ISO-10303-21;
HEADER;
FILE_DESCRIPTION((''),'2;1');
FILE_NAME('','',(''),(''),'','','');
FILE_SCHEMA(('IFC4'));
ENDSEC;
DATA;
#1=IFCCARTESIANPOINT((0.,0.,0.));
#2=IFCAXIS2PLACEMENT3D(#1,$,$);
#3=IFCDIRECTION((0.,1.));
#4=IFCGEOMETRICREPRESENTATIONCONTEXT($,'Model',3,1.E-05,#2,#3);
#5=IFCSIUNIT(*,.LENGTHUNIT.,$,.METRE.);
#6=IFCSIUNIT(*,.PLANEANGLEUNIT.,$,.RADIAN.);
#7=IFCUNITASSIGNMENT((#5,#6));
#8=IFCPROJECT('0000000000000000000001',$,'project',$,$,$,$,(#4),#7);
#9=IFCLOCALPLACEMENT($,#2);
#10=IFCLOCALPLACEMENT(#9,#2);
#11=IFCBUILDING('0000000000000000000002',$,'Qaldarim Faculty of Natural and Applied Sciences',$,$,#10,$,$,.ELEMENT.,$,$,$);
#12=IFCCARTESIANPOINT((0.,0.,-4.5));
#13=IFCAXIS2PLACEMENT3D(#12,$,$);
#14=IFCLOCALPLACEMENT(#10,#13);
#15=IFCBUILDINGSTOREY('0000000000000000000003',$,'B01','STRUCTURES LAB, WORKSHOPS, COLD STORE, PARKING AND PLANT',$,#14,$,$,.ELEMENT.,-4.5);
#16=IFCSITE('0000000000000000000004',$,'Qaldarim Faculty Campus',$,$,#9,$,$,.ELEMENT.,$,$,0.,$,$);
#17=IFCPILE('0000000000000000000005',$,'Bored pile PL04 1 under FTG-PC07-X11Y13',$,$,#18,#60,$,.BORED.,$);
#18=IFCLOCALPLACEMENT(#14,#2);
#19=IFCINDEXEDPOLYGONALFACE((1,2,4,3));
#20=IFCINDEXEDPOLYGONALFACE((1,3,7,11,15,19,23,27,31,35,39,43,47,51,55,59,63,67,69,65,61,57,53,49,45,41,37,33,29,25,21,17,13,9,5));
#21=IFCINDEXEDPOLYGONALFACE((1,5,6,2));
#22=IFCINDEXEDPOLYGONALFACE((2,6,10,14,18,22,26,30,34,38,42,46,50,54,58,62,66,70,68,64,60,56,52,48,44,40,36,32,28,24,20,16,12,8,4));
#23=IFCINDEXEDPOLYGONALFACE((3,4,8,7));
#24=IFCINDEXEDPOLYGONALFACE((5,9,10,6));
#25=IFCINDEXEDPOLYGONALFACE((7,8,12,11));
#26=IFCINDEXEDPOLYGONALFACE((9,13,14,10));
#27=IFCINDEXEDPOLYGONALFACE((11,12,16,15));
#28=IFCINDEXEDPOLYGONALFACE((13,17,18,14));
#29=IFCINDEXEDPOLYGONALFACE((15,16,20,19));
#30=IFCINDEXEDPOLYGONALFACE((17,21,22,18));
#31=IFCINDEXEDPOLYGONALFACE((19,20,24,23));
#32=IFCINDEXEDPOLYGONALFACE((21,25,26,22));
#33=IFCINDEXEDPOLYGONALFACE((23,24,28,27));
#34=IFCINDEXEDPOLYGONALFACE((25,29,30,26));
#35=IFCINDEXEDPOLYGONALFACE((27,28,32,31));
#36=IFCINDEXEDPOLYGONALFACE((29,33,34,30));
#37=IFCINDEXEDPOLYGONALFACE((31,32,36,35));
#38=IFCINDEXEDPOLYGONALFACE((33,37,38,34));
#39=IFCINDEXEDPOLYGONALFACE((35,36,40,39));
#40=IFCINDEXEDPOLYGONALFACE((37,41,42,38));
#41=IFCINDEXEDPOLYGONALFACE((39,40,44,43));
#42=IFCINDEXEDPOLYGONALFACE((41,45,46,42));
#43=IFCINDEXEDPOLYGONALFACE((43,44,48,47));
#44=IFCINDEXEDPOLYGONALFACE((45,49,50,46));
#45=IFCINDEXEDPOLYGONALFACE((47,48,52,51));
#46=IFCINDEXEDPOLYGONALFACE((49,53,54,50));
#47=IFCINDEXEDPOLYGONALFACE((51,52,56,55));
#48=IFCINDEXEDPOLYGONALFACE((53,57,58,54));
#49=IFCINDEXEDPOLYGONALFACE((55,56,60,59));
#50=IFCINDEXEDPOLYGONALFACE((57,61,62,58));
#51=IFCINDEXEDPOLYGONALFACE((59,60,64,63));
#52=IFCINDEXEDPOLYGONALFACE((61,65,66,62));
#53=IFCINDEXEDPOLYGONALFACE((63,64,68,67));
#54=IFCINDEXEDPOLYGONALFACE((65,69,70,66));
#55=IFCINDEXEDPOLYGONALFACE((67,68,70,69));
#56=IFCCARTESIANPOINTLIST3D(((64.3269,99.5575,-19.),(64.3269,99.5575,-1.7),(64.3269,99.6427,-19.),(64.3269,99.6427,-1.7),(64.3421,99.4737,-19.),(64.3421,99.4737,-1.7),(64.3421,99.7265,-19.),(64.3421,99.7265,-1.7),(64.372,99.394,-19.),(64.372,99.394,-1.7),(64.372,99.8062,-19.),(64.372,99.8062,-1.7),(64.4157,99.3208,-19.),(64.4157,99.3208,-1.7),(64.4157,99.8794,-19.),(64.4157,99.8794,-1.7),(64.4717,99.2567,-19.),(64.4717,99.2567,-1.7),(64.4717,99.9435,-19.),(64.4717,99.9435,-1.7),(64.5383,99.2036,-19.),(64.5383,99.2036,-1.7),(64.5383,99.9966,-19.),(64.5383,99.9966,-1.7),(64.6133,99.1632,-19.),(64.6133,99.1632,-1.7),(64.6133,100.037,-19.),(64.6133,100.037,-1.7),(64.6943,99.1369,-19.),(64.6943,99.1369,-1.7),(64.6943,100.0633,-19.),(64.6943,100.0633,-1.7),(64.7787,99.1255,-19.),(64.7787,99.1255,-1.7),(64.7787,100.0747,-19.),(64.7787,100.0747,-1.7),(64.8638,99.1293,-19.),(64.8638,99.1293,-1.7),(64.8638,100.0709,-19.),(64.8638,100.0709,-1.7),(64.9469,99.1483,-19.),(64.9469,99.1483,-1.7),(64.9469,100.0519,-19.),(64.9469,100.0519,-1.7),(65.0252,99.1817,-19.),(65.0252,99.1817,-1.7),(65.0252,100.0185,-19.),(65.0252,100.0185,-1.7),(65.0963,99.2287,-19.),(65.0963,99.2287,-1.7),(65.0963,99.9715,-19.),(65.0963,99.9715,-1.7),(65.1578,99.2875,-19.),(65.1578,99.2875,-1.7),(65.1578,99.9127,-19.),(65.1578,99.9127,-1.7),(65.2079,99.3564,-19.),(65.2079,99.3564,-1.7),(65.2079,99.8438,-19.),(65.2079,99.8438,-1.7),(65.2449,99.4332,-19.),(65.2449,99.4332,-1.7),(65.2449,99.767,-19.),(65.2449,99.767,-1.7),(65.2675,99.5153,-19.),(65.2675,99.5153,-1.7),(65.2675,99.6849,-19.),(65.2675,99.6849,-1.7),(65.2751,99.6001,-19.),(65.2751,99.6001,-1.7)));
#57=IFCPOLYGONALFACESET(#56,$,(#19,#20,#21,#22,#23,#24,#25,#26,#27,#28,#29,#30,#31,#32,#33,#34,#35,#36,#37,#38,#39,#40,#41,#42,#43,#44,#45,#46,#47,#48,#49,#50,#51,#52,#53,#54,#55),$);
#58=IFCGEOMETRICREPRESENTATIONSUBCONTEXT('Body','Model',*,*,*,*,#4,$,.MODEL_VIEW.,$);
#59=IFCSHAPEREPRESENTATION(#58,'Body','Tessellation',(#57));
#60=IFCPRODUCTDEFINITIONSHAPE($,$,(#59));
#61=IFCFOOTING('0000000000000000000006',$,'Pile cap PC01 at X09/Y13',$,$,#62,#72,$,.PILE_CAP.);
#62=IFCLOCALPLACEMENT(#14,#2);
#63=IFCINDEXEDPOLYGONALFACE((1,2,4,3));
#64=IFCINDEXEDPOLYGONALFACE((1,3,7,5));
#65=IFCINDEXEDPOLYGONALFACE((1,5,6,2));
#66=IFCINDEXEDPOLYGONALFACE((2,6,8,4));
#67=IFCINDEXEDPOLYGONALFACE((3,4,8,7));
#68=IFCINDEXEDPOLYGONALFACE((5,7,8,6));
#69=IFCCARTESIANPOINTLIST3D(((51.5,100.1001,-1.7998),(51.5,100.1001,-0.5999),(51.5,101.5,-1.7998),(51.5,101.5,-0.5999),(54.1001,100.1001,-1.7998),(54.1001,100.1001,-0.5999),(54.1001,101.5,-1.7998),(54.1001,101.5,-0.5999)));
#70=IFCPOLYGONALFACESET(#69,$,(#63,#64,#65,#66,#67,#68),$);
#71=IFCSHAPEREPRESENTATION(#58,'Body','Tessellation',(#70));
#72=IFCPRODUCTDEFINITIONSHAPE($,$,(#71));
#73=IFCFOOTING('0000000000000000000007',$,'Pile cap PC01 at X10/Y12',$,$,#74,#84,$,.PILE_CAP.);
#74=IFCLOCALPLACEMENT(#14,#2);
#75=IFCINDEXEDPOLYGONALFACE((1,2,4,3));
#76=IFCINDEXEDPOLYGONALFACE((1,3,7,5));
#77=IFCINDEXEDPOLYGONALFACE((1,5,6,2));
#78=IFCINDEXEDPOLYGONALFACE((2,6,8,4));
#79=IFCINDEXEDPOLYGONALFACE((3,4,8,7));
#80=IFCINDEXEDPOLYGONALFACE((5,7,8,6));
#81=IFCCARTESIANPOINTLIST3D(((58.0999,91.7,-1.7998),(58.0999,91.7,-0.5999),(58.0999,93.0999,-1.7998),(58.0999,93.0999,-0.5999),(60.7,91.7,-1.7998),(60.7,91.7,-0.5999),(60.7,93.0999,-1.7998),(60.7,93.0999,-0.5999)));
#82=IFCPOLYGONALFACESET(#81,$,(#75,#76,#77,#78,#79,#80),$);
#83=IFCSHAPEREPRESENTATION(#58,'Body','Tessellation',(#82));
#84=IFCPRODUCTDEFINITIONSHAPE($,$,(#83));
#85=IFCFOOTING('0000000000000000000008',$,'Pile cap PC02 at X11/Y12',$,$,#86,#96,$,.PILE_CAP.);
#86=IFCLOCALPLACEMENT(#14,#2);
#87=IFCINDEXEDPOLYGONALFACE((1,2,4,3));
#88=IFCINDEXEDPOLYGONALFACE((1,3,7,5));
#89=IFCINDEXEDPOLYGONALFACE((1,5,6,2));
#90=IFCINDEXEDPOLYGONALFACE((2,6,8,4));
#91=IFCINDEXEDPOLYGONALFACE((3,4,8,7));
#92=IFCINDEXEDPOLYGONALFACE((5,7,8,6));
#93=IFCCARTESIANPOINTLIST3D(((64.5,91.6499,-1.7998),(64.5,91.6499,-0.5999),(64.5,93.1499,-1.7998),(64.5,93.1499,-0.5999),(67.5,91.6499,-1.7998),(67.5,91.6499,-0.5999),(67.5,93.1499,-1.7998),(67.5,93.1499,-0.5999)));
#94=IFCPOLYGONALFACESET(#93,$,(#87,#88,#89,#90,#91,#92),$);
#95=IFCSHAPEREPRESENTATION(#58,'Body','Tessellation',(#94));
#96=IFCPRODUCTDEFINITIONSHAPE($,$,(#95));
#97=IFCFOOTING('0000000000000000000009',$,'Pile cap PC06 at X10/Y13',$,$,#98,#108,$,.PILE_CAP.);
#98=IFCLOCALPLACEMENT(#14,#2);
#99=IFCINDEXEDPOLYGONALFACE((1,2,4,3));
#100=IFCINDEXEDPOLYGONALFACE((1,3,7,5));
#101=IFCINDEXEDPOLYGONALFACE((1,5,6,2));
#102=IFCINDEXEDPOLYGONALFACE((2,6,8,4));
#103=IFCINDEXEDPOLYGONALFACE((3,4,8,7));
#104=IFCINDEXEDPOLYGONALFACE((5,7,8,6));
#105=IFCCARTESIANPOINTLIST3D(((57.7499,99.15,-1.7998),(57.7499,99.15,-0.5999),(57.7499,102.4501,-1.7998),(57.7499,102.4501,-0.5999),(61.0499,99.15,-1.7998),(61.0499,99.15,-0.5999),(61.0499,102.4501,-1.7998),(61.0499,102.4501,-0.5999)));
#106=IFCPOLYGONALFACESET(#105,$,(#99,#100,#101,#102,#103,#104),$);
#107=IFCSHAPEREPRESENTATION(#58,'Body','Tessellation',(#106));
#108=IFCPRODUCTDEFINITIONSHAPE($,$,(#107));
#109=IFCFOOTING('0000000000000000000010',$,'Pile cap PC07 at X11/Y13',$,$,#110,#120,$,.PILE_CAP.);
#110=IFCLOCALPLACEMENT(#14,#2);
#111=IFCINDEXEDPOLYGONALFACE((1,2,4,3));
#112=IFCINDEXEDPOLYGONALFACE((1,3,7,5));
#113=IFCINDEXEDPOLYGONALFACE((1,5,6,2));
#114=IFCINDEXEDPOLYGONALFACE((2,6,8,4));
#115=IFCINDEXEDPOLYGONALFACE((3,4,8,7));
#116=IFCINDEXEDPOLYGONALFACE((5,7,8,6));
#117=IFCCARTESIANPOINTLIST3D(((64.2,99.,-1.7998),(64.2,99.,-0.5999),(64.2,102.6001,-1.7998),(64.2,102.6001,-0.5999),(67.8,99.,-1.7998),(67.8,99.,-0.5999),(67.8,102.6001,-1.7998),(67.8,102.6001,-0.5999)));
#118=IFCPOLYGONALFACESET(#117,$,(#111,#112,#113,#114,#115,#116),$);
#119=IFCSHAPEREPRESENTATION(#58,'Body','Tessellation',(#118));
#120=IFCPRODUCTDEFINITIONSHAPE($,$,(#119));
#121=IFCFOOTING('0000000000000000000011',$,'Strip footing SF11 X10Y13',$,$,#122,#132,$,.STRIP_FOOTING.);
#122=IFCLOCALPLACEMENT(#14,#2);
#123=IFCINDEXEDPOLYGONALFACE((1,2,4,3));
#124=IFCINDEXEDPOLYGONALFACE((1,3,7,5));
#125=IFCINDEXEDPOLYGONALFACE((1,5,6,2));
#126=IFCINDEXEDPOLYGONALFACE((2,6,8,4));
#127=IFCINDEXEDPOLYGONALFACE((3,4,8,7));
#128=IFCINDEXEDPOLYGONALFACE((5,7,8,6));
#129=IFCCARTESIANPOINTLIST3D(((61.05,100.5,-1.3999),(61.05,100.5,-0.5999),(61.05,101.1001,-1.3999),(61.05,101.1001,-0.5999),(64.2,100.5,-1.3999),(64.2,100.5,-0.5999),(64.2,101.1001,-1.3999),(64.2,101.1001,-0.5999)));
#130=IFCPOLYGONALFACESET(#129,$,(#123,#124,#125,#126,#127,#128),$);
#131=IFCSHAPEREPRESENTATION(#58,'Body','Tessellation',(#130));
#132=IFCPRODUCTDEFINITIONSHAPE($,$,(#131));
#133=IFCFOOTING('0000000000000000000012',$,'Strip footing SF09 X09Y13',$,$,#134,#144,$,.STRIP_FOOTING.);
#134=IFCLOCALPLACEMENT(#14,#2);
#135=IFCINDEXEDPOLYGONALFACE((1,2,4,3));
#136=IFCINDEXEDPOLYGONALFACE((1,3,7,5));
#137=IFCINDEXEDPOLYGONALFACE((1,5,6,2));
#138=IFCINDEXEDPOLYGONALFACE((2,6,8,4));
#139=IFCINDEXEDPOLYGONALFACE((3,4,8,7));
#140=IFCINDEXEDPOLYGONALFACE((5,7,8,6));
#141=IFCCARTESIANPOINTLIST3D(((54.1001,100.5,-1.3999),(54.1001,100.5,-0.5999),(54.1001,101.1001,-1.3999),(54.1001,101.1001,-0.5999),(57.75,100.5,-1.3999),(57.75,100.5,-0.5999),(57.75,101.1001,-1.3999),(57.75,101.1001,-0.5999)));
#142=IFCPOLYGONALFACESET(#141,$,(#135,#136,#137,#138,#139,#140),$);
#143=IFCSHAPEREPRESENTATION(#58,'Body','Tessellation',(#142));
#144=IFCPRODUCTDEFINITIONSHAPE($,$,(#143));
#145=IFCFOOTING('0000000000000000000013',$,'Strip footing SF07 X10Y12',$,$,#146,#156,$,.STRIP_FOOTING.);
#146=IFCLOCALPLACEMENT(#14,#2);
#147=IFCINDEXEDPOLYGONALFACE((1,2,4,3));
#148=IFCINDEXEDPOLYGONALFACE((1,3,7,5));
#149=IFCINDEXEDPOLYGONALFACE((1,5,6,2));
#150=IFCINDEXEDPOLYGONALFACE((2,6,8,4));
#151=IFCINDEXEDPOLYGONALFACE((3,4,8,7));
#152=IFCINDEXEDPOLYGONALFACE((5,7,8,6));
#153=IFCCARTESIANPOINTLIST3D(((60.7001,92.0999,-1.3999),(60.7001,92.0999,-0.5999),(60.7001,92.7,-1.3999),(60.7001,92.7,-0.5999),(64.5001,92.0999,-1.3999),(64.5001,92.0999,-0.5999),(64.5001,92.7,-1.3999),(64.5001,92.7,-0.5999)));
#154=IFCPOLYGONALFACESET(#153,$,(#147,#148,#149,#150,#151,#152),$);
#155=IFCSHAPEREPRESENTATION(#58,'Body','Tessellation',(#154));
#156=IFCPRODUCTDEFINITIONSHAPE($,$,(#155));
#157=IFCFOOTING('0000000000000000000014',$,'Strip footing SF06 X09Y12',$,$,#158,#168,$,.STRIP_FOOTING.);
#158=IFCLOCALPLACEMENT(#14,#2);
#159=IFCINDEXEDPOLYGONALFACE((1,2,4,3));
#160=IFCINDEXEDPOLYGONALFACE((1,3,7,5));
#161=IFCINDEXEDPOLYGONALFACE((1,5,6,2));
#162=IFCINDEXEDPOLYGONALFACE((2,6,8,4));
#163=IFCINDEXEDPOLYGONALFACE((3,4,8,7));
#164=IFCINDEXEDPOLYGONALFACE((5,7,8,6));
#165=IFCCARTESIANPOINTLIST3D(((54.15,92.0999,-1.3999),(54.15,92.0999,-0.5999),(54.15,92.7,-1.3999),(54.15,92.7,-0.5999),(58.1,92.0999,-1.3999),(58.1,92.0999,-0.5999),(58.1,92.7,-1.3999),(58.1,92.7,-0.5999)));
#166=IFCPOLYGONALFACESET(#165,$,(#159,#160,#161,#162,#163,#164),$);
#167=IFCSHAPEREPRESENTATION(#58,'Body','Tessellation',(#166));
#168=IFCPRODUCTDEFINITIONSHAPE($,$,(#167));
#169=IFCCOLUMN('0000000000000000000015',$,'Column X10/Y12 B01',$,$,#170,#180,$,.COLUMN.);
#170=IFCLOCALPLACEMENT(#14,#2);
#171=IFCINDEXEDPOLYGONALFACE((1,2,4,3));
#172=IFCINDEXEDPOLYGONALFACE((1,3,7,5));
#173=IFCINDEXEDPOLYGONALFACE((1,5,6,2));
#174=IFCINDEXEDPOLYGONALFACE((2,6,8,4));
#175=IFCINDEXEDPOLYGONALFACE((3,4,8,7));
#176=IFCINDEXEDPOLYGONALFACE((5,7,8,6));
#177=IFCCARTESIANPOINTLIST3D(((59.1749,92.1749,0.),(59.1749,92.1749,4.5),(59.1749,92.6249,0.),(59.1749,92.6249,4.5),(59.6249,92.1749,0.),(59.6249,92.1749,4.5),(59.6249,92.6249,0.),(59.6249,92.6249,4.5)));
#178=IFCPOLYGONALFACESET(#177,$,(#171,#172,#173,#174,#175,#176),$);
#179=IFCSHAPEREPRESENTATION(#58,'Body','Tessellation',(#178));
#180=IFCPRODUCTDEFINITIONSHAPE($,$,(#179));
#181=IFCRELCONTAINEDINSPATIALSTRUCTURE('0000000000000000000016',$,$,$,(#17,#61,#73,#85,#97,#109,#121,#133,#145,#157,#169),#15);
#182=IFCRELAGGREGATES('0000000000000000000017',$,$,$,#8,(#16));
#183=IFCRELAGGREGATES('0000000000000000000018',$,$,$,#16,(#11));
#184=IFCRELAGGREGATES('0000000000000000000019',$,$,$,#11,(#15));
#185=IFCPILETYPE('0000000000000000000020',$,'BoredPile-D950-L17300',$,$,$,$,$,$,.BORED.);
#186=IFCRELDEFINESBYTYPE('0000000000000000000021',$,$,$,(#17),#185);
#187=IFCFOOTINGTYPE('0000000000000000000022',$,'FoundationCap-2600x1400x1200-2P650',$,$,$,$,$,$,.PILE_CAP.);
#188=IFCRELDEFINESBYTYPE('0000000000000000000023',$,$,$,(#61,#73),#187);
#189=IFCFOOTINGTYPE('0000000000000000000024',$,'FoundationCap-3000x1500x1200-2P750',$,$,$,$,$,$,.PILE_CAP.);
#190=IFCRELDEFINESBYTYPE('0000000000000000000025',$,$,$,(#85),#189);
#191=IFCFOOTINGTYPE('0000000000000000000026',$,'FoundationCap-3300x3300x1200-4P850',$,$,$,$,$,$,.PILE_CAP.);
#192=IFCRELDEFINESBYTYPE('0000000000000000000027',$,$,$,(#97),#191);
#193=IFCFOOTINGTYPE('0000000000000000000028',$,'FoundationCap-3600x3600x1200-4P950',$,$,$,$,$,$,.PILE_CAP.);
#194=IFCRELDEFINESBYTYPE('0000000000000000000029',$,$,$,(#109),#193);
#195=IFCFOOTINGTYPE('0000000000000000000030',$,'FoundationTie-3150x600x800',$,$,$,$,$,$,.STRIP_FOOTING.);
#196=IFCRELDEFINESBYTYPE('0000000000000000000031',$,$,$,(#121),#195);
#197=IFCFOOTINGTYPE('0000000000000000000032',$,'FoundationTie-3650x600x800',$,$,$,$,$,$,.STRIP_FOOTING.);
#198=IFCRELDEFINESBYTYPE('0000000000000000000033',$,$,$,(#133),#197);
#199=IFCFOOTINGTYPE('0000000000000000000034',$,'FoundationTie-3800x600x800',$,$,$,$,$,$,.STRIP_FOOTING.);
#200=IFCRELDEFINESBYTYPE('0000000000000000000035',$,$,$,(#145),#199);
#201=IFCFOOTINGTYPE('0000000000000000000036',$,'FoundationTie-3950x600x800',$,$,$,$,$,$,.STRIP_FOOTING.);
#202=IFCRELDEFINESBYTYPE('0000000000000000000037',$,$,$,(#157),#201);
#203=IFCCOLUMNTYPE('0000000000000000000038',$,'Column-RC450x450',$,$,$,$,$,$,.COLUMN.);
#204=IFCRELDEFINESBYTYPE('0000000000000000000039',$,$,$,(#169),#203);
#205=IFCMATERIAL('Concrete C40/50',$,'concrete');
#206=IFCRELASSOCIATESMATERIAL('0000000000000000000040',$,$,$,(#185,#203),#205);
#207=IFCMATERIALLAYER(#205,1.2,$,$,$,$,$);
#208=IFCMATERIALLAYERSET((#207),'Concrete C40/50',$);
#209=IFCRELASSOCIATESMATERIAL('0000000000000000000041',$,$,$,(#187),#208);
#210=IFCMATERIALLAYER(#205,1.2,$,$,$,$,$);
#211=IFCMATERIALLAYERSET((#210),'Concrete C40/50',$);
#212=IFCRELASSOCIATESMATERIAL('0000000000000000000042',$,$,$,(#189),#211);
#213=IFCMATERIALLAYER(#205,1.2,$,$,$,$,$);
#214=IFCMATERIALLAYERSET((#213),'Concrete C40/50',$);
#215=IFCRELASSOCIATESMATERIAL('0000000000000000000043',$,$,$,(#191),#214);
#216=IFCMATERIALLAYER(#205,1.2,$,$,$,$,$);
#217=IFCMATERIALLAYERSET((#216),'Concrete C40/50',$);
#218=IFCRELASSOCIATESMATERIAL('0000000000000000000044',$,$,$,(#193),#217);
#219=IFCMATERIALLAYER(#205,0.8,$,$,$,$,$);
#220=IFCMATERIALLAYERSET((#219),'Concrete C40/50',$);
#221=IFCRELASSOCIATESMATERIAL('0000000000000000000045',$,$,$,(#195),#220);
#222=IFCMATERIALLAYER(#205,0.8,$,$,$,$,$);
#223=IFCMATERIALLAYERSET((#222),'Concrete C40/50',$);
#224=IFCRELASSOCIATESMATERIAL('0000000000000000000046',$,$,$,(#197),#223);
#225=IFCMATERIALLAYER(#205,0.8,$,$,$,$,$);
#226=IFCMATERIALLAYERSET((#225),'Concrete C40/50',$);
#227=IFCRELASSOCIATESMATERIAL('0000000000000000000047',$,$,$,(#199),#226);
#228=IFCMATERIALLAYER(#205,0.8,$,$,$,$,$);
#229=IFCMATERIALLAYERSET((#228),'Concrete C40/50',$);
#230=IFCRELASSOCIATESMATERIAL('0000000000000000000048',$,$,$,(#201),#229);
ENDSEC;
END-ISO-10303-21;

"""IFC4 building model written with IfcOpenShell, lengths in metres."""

from ifc_helpers import new_model, si_unit, direction, frame, origin, origin_2d, place, context, subcontext, project, spatial, rectangle, circle, extrude, material, layer, layer_set, material_profile, profile_set, type_object, element, save


model = new_model("IFC4")

# Units and contexts
model_context = context("Model", 3, precision=1e-05, world=origin(), true_north=direction((0.0, 1.0)))
body_context = subcontext(model_context, "Body", "Model", "MODEL_VIEW")
ifc_project = project(units=[si_unit("LENGTHUNIT", "METRE"), si_unit("PLANEANGLEUNIT", "RADIAN")], contexts=[model_context])

# Site, building, storey
site_placement = place(None, origin())
site = spatial("IfcSite", under=ifc_project, at=site_placement, Name="Qaldarim Faculty Campus", CompositionType="ELEMENT", RefElevation=0.0)
building_placement = place(site_placement, origin())
building = spatial("IfcBuilding", under=site, at=building_placement, Name="Qaldarim Faculty of Natural and Applied Sciences", CompositionType="ELEMENT")
storey_placement = place(building_placement, frame((0.0, 0.0, -4.5)))
storey = spatial("IfcBuildingStorey", under=building, at=storey_placement, Name="B01", Description="STRUCTURES LAB, WORKSHOPS, COLD STORE, PARKING AND PLANT", CompositionType="ELEMENT", Elevation=-4.5)

# Pile
ifc_material_1 = material(Name="Concrete C40/50", Category="concrete")
ifc_material_profile_1 = material_profile(ifc_material_1, circle(Radius=0.4751, at=origin_2d()), Name="PILE-D950")
ifc_profile_set_1 = profile_set([ifc_material_profile_1], Name="Concrete C40/50")
pile_type_1 = type_object("IfcPileType", Name="BoredPile-D950-L17300", PredefinedType="BORED", material=ifc_profile_set_1)
pile_placement = place(storey_placement, frame((64.8, 99.6001, -1.7), z_axis=(0.0, 0.0, -1.0), x_axis=(1.0, 0.0, 0.0)))
element("IfcPile", 1, at=pile_placement, inside=storey, type_object=pile_type_1, Name="Bored pile PL04 1 under FTG-PC07-X11Y13", PredefinedType="BORED", context=body_context, shape_type="SweptSolid", body=[
    extrude(circle(Radius=0.4751, at=origin_2d()), origin(), (0.0, 0.0, 1.0), 17.3),
])

# Footings
ifc_layer_1 = layer(ifc_material_1, 1.2)
ifc_layer_set_1 = layer_set([ifc_layer_1], Name="Concrete C40/50")
footing_type_1 = type_object("IfcFootingType", Name="FoundationCap-2600x1400x1200-2P650", PredefinedType="PILE_CAP", material=ifc_layer_set_1)
for number, where, z_axis, x_axis, name in (
    (2, (52.8, 100.8, -1.7998), (0.0, 0.0, 1.0), (1.0, 0.0, 0.0), "Pile cap PC01 at X09/Y13"),
    (3, (59.3999, 92.3999, -1.7998), (0.0, 0.0, 1.0), (1.0, 0.0, 0.0), "Pile cap PC01 at X10/Y12"),
):
    element("IfcFooting", number, at=place(storey_placement, frame(where, z_axis=z_axis, x_axis=x_axis)), inside=storey, type_object=footing_type_1, Name=name, PredefinedType="PILE_CAP", context=body_context, shape_type="SweptSolid", body=[
        extrude(rectangle(XDim=2.6001, YDim=1.3999, at=origin_2d()), origin(), (0.0, 0.0, 1.0), 1.2),
    ])
ifc_layer_2 = layer(ifc_material_1, 1.2)
ifc_layer_set_2 = layer_set([ifc_layer_2], Name="Concrete C40/50")
footing_type_2 = type_object("IfcFootingType", Name="FoundationCap-3000x1500x1200-2P750", PredefinedType="PILE_CAP", material=ifc_layer_set_2)
footing_1_placement = place(storey_placement, frame((66.0, 92.3999, -1.7998), z_axis=(0.0, 0.0, 1.0), x_axis=(1.0, 0.0, 0.0)))
element("IfcFooting", 4, at=footing_1_placement, inside=storey, type_object=footing_type_2, Name="Pile cap PC02 at X11/Y12", PredefinedType="PILE_CAP", context=body_context, shape_type="SweptSolid", body=[
    extrude(rectangle(XDim=3.0, YDim=1.5, at=origin_2d()), origin(), (0.0, 0.0, 1.0), 1.2),
])
ifc_layer_3 = layer(ifc_material_1, 1.2)
ifc_layer_set_3 = layer_set([ifc_layer_3], Name="Concrete C40/50")
footing_type_3 = type_object("IfcFootingType", Name="FoundationCap-3300x3300x1200-4P850", PredefinedType="PILE_CAP", material=ifc_layer_set_3)
footing_2_placement = place(storey_placement, frame((59.3999, 100.8, -1.7998), z_axis=(0.0, 0.0, 1.0), x_axis=(1.0, 0.0, 0.0)))
element("IfcFooting", 5, at=footing_2_placement, inside=storey, type_object=footing_type_3, Name="Pile cap PC06 at X10/Y13", PredefinedType="PILE_CAP", context=body_context, shape_type="SweptSolid", body=[
    extrude(rectangle(XDim=3.3, YDim=3.3, at=origin_2d()), origin(), (0.0, 0.0, 1.0), 1.2),
])
ifc_layer_4 = layer(ifc_material_1, 1.2)
ifc_layer_set_4 = layer_set([ifc_layer_4], Name="Concrete C40/50")
footing_type_4 = type_object("IfcFootingType", Name="FoundationCap-3600x3600x1200-4P950", PredefinedType="PILE_CAP", material=ifc_layer_set_4)
footing_3_placement = place(storey_placement, frame((66.0, 100.8, -1.7998), z_axis=(0.0, 0.0, 1.0), x_axis=(1.0, 0.0, 0.0)))
element("IfcFooting", 6, at=footing_3_placement, inside=storey, type_object=footing_type_4, Name="Pile cap PC07 at X11/Y13", PredefinedType="PILE_CAP", context=body_context, shape_type="SweptSolid", body=[
    extrude(rectangle(XDim=3.6001, YDim=3.6001, at=origin_2d()), origin(), (0.0, 0.0, 1.0), 1.2),
])
ifc_layer_5 = layer(ifc_material_1, 0.8)
ifc_layer_set_5 = layer_set([ifc_layer_5], Name="Concrete C40/50")
footing_type_5 = type_object("IfcFootingType", Name="FoundationTie-3150x600x800", PredefinedType="STRIP_FOOTING", material=ifc_layer_set_5)
footing_4_placement = place(storey_placement, frame((62.625, 100.8, -1.3999), z_axis=(0.0, 0.0, 1.0), x_axis=(1.0, 0.0, 0.0)))
element("IfcFooting", 7, at=footing_4_placement, inside=storey, type_object=footing_type_5, Name="Strip footing SF11 X10Y13", PredefinedType="STRIP_FOOTING", context=body_context, shape_type="SweptSolid", body=[
    extrude(rectangle(XDim=3.1499, YDim=0.6001, at=origin_2d()), origin(), (0.0, 0.0, 1.0), 0.8),
])
ifc_layer_6 = layer(ifc_material_1, 0.8)
ifc_layer_set_6 = layer_set([ifc_layer_6], Name="Concrete C40/50")
footing_type_6 = type_object("IfcFootingType", Name="FoundationTie-3650x600x800", PredefinedType="STRIP_FOOTING", material=ifc_layer_set_6)
footing_5_placement = place(storey_placement, frame((55.925, 100.8, -1.3999), z_axis=(0.0, 0.0, 1.0), x_axis=(1.0, 0.0, 0.0)))
element("IfcFooting", 8, at=footing_5_placement, inside=storey, type_object=footing_type_6, Name="Strip footing SF09 X09Y13", PredefinedType="STRIP_FOOTING", context=body_context, shape_type="SweptSolid", body=[
    extrude(rectangle(XDim=3.6499, YDim=0.6001, at=origin_2d()), origin(), (0.0, 0.0, 1.0), 0.8),
])
ifc_layer_7 = layer(ifc_material_1, 0.8)
ifc_layer_set_7 = layer_set([ifc_layer_7], Name="Concrete C40/50")
footing_type_7 = type_object("IfcFootingType", Name="FoundationTie-3800x600x800", PredefinedType="STRIP_FOOTING", material=ifc_layer_set_7)
footing_6_placement = place(storey_placement, frame((62.6001, 92.3999, -1.3999), z_axis=(0.0, 0.0, 1.0), x_axis=(1.0, 0.0, 0.0)))
element("IfcFooting", 9, at=footing_6_placement, inside=storey, type_object=footing_type_7, Name="Strip footing SF07 X10Y12", PredefinedType="STRIP_FOOTING", context=body_context, shape_type="SweptSolid", body=[
    extrude(rectangle(XDim=3.8, YDim=0.6001, at=origin_2d()), origin(), (0.0, 0.0, 1.0), 0.8),
])
ifc_layer_8 = layer(ifc_material_1, 0.8)
ifc_layer_set_8 = layer_set([ifc_layer_8], Name="Concrete C40/50")
footing_type_8 = type_object("IfcFootingType", Name="FoundationTie-3950x600x800", PredefinedType="STRIP_FOOTING", material=ifc_layer_set_8)
footing_7_placement = place(storey_placement, frame((56.125, 92.3999, -1.3999), z_axis=(0.0, 0.0, 1.0), x_axis=(1.0, 0.0, 0.0)))
element("IfcFooting", 10, at=footing_7_placement, inside=storey, type_object=footing_type_8, Name="Strip footing SF06 X09Y12", PredefinedType="STRIP_FOOTING", context=body_context, shape_type="SweptSolid", body=[
    extrude(rectangle(XDim=3.95, YDim=0.6001, at=origin_2d()), origin(), (0.0, 0.0, 1.0), 0.8),
])

# Column
ifc_material_profile_2 = material_profile(ifc_material_1, rectangle(XDim=0.45, YDim=0.45, at=origin_2d()), Name="RC-C450x450")
ifc_profile_set_2 = profile_set([ifc_material_profile_2], Name="Concrete C40/50")
column_type_1 = type_object("IfcColumnType", Name="Column-RC450x450", PredefinedType="COLUMN", material=ifc_profile_set_2)
for number, where, z_axis, x_axis, name in (
    (11, (59.3999, 92.3999, 0.0), (0.0, 0.0, 1.0), (1.0, 0.0, 0.0), "Column X10/Y12 B01"),
):
    element("IfcColumn", number, at=place(storey_placement, frame(where, z_axis=z_axis, x_axis=x_axis)), inside=storey, type_object=column_type_1, Name=name, PredefinedType="COLUMN", context=body_context, shape_type="SweptSolid", body=[
        extrude(rectangle(XDim=0.45, YDim=0.45, at=origin_2d()), origin(), (0.0, 0.0, 1.0), 4.5),
    ])

save(model, "model.ifc")
